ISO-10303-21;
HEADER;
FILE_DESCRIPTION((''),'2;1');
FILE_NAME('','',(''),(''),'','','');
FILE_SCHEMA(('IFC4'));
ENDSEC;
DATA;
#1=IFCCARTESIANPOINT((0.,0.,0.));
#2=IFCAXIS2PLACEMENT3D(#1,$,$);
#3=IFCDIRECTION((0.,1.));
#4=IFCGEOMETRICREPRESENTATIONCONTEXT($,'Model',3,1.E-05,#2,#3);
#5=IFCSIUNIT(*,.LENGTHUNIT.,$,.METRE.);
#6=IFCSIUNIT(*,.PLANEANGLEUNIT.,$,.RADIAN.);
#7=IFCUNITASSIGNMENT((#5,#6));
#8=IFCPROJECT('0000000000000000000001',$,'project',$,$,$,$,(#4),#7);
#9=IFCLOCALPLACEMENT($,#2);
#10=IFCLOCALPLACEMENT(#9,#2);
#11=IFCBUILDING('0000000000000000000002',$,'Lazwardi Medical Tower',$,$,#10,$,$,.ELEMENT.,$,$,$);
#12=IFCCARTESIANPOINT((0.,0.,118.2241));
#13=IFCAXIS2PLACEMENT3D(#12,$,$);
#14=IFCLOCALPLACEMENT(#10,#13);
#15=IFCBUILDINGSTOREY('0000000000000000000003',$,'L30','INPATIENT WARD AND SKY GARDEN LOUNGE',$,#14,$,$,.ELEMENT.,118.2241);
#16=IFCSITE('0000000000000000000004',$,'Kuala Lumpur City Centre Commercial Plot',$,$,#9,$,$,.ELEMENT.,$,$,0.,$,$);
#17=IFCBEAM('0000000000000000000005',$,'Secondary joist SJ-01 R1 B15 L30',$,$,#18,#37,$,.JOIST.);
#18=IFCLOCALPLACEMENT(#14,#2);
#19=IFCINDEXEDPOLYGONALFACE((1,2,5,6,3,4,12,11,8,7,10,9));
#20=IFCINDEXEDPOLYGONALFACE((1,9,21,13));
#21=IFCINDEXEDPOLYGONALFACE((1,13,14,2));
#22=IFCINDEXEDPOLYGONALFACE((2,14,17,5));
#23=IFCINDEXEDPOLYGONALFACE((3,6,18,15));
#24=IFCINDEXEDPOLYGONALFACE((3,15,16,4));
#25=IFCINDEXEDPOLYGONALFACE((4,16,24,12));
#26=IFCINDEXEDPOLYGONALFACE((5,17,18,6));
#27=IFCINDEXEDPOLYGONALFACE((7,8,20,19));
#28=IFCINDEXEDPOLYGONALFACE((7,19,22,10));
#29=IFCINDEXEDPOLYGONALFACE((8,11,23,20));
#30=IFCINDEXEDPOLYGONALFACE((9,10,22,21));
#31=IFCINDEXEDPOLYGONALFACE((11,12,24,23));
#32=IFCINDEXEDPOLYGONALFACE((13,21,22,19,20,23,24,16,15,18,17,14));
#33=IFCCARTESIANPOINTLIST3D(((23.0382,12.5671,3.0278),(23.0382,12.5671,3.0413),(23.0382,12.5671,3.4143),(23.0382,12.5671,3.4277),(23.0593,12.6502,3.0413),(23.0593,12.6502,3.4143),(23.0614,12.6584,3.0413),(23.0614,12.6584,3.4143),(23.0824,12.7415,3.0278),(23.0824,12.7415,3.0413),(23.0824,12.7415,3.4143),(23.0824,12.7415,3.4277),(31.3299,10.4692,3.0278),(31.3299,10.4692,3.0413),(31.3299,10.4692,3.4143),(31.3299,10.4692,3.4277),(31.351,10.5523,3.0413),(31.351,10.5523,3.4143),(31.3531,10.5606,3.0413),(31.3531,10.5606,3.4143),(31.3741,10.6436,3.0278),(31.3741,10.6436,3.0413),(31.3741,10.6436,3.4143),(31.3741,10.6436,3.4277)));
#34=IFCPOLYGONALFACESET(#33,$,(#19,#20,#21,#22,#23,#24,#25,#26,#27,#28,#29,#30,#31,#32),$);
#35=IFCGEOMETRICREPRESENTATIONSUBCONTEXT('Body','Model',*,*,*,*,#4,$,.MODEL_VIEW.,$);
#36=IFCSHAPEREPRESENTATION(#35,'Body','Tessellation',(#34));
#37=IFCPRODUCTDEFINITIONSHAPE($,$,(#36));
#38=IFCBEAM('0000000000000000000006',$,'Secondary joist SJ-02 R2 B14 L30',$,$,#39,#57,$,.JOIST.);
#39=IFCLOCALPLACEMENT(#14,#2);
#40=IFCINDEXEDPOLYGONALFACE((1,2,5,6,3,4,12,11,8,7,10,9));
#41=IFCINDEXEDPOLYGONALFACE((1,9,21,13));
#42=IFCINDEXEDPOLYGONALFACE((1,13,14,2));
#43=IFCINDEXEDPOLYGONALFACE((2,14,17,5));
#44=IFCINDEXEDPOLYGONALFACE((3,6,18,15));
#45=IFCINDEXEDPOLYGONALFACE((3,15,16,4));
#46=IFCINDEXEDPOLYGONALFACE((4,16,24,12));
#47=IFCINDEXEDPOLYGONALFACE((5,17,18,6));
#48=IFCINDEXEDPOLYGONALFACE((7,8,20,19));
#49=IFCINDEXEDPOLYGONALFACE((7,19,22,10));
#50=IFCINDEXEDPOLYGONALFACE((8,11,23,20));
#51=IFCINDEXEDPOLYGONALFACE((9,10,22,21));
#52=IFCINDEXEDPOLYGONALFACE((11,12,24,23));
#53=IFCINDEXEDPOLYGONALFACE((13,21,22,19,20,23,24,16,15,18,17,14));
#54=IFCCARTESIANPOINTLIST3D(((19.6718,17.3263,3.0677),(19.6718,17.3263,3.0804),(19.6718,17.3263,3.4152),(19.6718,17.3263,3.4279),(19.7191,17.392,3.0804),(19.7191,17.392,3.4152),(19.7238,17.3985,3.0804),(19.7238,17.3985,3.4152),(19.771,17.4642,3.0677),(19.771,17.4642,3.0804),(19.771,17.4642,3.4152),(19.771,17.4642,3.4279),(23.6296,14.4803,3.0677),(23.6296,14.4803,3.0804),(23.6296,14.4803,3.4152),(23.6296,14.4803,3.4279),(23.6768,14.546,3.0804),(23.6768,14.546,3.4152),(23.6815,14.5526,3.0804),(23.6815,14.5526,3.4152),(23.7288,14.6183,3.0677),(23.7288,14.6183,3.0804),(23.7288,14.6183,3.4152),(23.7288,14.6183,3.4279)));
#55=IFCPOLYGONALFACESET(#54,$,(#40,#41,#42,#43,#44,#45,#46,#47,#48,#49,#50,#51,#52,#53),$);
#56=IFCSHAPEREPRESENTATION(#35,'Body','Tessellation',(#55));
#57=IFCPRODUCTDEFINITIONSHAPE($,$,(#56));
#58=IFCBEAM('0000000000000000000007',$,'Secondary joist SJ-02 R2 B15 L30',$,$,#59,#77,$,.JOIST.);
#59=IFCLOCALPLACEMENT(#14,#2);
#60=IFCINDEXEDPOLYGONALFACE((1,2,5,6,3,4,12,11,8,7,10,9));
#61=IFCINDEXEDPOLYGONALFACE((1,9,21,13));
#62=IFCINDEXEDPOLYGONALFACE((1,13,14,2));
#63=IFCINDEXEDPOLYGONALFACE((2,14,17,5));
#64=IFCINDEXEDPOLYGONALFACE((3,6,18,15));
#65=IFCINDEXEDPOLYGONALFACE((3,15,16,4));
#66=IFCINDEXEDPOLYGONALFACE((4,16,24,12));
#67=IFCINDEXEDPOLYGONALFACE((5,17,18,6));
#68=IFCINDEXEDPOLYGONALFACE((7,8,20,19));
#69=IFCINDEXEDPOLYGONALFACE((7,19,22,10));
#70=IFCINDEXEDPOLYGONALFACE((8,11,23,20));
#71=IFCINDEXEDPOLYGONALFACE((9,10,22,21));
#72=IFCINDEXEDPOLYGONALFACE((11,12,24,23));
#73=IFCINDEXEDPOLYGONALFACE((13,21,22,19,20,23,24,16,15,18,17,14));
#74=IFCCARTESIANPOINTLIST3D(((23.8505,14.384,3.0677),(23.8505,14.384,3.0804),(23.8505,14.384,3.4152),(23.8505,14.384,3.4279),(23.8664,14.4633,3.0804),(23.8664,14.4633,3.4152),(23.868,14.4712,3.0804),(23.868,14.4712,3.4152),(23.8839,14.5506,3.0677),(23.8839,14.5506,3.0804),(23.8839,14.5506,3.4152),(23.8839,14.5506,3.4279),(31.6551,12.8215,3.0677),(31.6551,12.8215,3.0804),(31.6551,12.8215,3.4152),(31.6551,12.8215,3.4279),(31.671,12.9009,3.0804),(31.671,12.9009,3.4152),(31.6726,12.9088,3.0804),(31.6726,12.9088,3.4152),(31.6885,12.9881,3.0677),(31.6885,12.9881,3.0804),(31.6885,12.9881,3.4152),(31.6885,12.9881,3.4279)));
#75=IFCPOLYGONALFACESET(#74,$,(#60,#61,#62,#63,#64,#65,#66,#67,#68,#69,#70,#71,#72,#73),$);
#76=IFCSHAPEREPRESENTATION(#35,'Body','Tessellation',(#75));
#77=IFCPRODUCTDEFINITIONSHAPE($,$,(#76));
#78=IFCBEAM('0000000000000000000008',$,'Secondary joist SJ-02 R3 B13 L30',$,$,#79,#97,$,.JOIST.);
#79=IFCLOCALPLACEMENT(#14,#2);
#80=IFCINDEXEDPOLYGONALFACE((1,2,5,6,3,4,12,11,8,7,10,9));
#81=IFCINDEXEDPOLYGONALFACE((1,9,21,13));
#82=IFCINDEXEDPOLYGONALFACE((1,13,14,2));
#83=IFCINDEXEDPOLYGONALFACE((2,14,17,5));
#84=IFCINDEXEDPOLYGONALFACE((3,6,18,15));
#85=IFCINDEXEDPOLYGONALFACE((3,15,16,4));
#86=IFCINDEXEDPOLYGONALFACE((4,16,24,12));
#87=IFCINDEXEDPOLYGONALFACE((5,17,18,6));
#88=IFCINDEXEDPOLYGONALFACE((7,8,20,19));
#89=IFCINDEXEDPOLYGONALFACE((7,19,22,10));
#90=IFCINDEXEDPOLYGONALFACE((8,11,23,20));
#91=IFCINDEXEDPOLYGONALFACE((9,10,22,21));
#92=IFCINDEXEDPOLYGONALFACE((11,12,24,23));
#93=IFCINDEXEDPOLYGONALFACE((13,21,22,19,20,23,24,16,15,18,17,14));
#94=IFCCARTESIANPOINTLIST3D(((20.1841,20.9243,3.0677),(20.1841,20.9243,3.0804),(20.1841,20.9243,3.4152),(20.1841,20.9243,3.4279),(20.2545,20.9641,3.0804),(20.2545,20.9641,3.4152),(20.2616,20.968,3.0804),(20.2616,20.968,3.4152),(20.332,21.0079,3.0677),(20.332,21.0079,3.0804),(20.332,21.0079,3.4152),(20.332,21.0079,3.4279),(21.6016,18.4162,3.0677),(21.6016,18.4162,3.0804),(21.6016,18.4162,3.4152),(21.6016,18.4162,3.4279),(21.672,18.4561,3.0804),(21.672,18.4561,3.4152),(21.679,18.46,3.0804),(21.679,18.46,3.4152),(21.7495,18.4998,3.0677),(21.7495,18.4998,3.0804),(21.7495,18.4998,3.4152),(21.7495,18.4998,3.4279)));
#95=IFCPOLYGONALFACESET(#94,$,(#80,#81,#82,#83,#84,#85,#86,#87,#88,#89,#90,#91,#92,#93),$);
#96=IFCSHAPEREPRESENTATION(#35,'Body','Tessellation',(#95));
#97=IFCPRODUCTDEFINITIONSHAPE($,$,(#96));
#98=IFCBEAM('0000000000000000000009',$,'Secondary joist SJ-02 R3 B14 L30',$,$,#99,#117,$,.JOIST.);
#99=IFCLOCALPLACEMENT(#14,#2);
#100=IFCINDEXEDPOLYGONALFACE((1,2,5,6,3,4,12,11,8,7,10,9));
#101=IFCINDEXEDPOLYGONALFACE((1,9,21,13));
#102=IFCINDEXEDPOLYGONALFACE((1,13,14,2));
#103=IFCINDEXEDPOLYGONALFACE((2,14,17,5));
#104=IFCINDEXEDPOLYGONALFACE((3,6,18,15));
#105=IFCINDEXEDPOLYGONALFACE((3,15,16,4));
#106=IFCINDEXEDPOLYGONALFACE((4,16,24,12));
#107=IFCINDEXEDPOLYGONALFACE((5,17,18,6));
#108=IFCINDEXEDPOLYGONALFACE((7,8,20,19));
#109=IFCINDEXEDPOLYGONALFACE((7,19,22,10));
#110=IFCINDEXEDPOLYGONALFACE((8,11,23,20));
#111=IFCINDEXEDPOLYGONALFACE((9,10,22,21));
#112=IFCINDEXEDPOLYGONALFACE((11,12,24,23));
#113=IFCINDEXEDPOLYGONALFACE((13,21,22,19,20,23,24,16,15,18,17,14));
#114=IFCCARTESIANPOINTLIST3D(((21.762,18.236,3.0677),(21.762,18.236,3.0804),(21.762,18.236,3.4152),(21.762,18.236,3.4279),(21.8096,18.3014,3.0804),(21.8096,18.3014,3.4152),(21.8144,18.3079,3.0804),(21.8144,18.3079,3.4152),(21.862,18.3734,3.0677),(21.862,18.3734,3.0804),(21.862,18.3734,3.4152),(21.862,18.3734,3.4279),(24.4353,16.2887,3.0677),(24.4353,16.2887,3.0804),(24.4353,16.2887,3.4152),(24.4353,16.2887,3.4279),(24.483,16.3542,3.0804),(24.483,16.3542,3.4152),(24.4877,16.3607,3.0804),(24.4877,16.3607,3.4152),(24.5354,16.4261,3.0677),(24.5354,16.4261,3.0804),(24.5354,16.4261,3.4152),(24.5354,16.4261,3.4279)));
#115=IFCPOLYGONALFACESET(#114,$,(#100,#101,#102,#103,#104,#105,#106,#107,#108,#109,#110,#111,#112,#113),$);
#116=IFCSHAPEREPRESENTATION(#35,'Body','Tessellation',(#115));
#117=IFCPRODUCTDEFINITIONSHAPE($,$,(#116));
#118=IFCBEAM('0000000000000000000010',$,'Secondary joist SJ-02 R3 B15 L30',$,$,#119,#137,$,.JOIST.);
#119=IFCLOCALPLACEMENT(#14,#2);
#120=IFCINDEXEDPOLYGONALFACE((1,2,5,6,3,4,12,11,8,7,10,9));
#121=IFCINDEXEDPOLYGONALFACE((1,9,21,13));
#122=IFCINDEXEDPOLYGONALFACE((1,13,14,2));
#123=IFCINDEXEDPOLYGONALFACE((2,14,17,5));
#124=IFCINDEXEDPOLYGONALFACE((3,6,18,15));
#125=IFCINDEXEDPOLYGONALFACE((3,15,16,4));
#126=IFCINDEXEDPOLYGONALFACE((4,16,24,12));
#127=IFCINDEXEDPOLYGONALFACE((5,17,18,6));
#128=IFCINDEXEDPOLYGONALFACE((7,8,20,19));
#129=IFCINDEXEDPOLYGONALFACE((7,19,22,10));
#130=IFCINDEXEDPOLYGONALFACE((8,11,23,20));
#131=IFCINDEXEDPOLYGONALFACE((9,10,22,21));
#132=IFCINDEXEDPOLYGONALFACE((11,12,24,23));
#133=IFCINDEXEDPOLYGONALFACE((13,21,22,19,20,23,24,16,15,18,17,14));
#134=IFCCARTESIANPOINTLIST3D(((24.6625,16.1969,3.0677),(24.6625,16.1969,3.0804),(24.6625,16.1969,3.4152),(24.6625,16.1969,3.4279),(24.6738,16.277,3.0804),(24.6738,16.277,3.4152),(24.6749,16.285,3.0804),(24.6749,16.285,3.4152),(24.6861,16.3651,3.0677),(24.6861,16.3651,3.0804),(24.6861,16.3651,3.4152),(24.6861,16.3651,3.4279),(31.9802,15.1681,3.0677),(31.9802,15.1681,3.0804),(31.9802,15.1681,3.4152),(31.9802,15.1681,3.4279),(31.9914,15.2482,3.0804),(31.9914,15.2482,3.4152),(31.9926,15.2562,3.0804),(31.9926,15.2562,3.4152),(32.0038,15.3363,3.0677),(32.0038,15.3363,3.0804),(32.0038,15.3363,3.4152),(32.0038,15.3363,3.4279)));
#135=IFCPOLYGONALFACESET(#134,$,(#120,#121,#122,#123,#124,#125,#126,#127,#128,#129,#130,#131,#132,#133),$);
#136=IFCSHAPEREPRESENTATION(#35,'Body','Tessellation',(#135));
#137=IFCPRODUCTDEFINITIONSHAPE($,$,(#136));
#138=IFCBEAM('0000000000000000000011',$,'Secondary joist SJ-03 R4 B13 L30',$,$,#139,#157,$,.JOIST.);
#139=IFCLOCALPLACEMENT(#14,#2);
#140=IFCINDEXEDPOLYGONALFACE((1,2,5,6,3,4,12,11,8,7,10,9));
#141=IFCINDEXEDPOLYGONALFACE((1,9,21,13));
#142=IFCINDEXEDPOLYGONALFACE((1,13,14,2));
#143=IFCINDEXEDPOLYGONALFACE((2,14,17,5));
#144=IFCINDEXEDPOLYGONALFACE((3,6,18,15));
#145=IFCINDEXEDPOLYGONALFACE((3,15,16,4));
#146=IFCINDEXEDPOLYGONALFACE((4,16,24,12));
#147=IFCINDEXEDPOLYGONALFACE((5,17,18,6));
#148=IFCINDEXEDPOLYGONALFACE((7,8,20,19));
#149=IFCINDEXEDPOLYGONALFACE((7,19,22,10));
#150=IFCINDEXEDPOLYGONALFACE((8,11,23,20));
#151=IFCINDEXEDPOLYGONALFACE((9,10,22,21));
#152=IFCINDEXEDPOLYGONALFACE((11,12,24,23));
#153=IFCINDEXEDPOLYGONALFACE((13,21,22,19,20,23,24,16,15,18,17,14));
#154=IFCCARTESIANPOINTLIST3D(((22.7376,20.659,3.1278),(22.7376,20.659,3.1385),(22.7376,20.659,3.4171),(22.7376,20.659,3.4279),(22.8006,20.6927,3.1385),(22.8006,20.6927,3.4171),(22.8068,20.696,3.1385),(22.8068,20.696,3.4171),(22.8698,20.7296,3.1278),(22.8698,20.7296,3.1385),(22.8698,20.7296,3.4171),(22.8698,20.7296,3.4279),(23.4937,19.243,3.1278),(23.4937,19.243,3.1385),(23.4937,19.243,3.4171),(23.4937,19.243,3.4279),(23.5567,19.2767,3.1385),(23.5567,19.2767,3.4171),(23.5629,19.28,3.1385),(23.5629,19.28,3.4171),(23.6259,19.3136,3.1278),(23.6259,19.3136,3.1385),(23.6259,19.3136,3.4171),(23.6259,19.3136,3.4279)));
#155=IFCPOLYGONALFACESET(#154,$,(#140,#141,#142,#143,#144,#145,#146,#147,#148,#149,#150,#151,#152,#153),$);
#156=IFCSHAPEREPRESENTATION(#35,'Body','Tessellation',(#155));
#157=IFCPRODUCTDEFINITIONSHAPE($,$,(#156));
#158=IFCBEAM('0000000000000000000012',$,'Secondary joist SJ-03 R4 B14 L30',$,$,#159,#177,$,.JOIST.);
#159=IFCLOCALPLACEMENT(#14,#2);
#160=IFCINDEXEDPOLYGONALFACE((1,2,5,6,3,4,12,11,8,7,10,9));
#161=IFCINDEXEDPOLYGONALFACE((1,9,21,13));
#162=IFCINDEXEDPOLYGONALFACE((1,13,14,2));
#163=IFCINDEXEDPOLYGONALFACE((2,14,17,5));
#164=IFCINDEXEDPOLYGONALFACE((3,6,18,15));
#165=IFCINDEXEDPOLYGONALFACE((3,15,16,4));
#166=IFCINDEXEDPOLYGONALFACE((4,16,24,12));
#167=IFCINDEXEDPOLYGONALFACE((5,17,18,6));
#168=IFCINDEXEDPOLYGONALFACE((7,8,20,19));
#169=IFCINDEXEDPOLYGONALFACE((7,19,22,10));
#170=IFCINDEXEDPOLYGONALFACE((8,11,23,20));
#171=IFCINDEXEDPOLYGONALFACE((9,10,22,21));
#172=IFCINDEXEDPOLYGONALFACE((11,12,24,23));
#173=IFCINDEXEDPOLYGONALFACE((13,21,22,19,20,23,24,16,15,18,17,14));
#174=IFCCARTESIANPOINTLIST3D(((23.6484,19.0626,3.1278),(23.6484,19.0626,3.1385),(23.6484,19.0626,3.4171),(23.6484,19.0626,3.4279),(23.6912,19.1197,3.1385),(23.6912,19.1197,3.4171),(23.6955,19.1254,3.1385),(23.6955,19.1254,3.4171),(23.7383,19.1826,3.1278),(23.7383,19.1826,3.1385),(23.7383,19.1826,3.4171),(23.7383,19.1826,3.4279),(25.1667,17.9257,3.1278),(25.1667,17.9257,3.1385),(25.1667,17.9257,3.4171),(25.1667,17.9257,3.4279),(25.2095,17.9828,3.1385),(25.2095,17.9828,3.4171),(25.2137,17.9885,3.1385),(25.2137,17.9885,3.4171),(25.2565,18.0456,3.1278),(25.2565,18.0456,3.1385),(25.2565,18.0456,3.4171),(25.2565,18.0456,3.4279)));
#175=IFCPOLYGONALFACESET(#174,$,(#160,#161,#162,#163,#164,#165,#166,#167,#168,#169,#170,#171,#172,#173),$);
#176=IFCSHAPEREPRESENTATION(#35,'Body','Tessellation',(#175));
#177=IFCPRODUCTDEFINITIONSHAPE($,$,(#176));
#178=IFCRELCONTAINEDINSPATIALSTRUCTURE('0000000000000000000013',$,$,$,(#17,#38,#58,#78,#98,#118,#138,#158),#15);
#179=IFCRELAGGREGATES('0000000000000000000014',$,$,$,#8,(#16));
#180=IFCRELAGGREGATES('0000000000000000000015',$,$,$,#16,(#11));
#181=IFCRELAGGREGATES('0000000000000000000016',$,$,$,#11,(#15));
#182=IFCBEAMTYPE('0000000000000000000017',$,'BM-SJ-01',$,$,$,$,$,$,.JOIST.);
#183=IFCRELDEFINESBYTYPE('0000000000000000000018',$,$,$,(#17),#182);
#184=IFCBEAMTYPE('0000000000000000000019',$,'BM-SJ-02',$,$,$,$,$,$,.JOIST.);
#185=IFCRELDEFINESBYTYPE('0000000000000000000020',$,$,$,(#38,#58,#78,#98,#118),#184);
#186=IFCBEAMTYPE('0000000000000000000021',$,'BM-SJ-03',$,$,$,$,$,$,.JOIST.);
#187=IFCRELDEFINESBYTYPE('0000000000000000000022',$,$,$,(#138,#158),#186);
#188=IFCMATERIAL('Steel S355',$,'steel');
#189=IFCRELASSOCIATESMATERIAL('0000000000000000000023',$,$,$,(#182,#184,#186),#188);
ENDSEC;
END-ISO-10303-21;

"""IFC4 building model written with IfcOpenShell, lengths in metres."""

from ifc_helpers import new_model, si_unit, direction, frame, origin, origin_2d, place, context, subcontext, project, spatial, i_section, extrude, material, material_profile, profile_set, type_object, element, save


model = new_model("IFC4")

# Units and contexts
model_context = context("Model", 3, precision=1e-05, world=origin(), true_north=direction((0.0, 1.0)))
body_context = subcontext(model_context, "Body", "Model", "MODEL_VIEW")
ifc_project = project(units=[si_unit("LENGTHUNIT", "METRE"), si_unit("PLANEANGLEUNIT", "RADIAN")], contexts=[model_context])

# Site, building, storey
site_placement = place(None, origin())
site = spatial("IfcSite", under=ifc_project, at=site_placement, Name="Kuala Lumpur City Centre Commercial Plot", CompositionType="ELEMENT", RefElevation=0.0)
building_placement = place(site_placement, origin())
building = spatial("IfcBuilding", under=site, at=building_placement, Name="Lazwardi Medical Tower", CompositionType="ELEMENT")
storey_placement = place(building_placement, frame((0.0, 0.0, 118.2241)))
storey = spatial("IfcBuildingStorey", under=building, at=storey_placement, Name="L30", Description="INPATIENT WARD AND SKY GARDEN LOUNGE", CompositionType="ELEMENT", Elevation=118.2241)

# Beams
ifc_material_1 = material(Name="Steel S355", Category="steel")
ifc_material_profile_1 = material_profile(ifc_material_1, i_section(OverallWidth=0.1799, OverallDepth=0.3999, WebThickness=0.0085, FlangeThickness=0.0134, at=origin_2d()), Name="IPE 400")
ifc_profile_set_1 = profile_set([ifc_material_profile_1], Name="Steel S355")
beam_type_1 = type_object("IfcBeamType", Name="BM-SJ-01", PredefinedType="JOIST", material=ifc_profile_set_1)
beam_1_placement = place(storey_placement, frame((23.0603, 12.6543, 3.2278), z_axis=(0.969452, -0.245282, 0.0), x_axis=(0.245282, 0.969452, 0.0)))
element("IfcBeam", 1, at=beam_1_placement, inside=storey, type_object=beam_type_1, Name="Secondary joist SJ-01 R1 B15 L30", PredefinedType="JOIST", context=body_context, shape_type="SweptSolid", body=[
    extrude(i_section(OverallWidth=0.1799, OverallDepth=0.3999, WebThickness=0.0085, FlangeThickness=0.0134, at=origin_2d()), origin(), (0.0, 0.0, 1.0), 8.553),
])
ifc_material_profile_2 = material_profile(ifc_material_1, i_section(OverallWidth=0.1699, OverallDepth=0.3601, WebThickness=0.0081, FlangeThickness=0.0127, at=origin_2d()), Name="IPE 360")
ifc_profile_set_2 = profile_set([ifc_material_profile_2], Name="Steel S355")
beam_type_2 = type_object("IfcBeamType", Name="BM-SJ-02", PredefinedType="JOIST", material=ifc_profile_set_2)
beam_2_placement = place(storey_placement, frame((19.7214, 17.3953, 3.2478), z_axis=(0.811889, -0.583813, 0.0), x_axis=(0.583813, 0.811889, 0.0)))
element("IfcBeam", 2, at=beam_2_placement, inside=storey, type_object=beam_type_2, Name="Secondary joist SJ-02 R2 B14 L30", PredefinedType="JOIST", context=body_context, shape_type="SweptSolid", body=[
    extrude(i_section(OverallWidth=0.1699, OverallDepth=0.3601, WebThickness=0.0081, FlangeThickness=0.0127, at=origin_2d()), origin(), (0.0, 0.0, 1.0), 4.8748),
])
beam_3_placement = place(storey_placement, frame((23.8672, 14.4673, 3.2478), z_axis=(0.980543, -0.196305, 0.0), x_axis=(0.196305, 0.980543, 0.0)))
element("IfcBeam", 3, at=beam_3_placement, inside=storey, type_object=beam_type_2, Name="Secondary joist SJ-02 R2 B15 L30", PredefinedType="JOIST", context=body_context, shape_type="SweptSolid", body=[
    extrude(i_section(OverallWidth=0.1699, OverallDepth=0.3601, WebThickness=0.0081, FlangeThickness=0.0127, at=origin_2d()), origin(), (0.0, 0.0, 1.0), 7.9595),
])
beam_4_placement = place(storey_placement, frame((20.2581, 20.9661, 3.2478), z_axis=(0.492027, -0.87058, 0.0), x_axis=(0.87058, 0.492027, 0.0)))
element("IfcBeam", 4, at=beam_4_placement, inside=storey, type_object=beam_type_2, Name="Secondary joist SJ-02 R3 B13 L30", PredefinedType="JOIST", context=body_context, shape_type="SweptSolid", body=[
    extrude(i_section(OverallWidth=0.1699, OverallDepth=0.3601, WebThickness=0.0081, FlangeThickness=0.0127, at=origin_2d()), origin(), (0.0, 0.0, 1.0), 2.8809),
])
beam_5_placement = place(storey_placement, frame((21.812, 18.3047, 3.2478), z_axis=(0.808302, -0.588768, 0.0), x_axis=(0.588768, 0.808302, 0.0)))
element("IfcBeam", 5, at=beam_5_placement, inside=storey, type_object=beam_type_2, Name="Secondary joist SJ-02 R3 B14 L30", PredefinedType="JOIST", context=body_context, shape_type="SweptSolid", body=[
    extrude(i_section(OverallWidth=0.1699, OverallDepth=0.3601, WebThickness=0.0081, FlangeThickness=0.0127, at=origin_2d()), origin(), (0.0, 0.0, 1.0), 3.3074),
])
beam_6_placement = place(storey_placement, frame((24.6743, 16.281, 3.2478), z_axis=(0.990261, -0.139224, 0.0), x_axis=(0.139224, 0.990261, 0.0)))
element("IfcBeam", 6, at=beam_6_placement, inside=storey, type_object=beam_type_2, Name="Secondary joist SJ-02 R3 B15 L30", PredefinedType="JOIST", context=body_context, shape_type="SweptSolid", body=[
    extrude(i_section(OverallWidth=0.1699, OverallDepth=0.3601, WebThickness=0.0081, FlangeThickness=0.0127, at=origin_2d()), origin(), (0.0, 0.0, 1.0), 7.3896),
])
ifc_material_profile_3 = material_profile(ifc_material_1, i_section(OverallWidth=0.1499, OverallDepth=0.3, WebThickness=0.0071, FlangeThickness=0.0107, at=origin_2d()), Name="IPE 300")
ifc_profile_set_3 = profile_set([ifc_material_profile_3], Name="Steel S355")
beam_type_3 = type_object("IfcBeamType", Name="BM-SJ-03", PredefinedType="JOIST", material=ifc_profile_set_3)
beam_7_placement = place(storey_placement, frame((22.8037, 20.6943, 3.2778), z_axis=(0.471022, -0.882121, 0.0), x_axis=(0.882121, 0.471022, 0.0)))
element("IfcBeam", 7, at=beam_7_placement, inside=storey, type_object=beam_type_3, Name="Secondary joist SJ-03 R4 B13 L30", PredefinedType="JOIST", context=body_context, shape_type="SweptSolid", body=[
    extrude(i_section(OverallWidth=0.1499, OverallDepth=0.3, WebThickness=0.0071, FlangeThickness=0.0107, at=origin_2d()), origin(), (0.0, 0.0, 1.0), 1.6052),
])
beam_8_placement = place(storey_placement, frame((23.6934, 19.1226, 3.2778), z_axis=(0.800448, -0.599403, 0.0), x_axis=(0.599403, 0.800448, 0.0)))
element("IfcBeam", 8, at=beam_8_placement, inside=storey, type_object=beam_type_3, Name="Secondary joist SJ-03 R4 B14 L30", PredefinedType="JOIST", context=body_context, shape_type="SweptSolid", body=[
    extrude(i_section(OverallWidth=0.1499, OverallDepth=0.3, WebThickness=0.0071, FlangeThickness=0.0107, at=origin_2d()), origin(), (0.0, 0.0, 1.0), 1.8967),
])

save(model, "model.ifc")
